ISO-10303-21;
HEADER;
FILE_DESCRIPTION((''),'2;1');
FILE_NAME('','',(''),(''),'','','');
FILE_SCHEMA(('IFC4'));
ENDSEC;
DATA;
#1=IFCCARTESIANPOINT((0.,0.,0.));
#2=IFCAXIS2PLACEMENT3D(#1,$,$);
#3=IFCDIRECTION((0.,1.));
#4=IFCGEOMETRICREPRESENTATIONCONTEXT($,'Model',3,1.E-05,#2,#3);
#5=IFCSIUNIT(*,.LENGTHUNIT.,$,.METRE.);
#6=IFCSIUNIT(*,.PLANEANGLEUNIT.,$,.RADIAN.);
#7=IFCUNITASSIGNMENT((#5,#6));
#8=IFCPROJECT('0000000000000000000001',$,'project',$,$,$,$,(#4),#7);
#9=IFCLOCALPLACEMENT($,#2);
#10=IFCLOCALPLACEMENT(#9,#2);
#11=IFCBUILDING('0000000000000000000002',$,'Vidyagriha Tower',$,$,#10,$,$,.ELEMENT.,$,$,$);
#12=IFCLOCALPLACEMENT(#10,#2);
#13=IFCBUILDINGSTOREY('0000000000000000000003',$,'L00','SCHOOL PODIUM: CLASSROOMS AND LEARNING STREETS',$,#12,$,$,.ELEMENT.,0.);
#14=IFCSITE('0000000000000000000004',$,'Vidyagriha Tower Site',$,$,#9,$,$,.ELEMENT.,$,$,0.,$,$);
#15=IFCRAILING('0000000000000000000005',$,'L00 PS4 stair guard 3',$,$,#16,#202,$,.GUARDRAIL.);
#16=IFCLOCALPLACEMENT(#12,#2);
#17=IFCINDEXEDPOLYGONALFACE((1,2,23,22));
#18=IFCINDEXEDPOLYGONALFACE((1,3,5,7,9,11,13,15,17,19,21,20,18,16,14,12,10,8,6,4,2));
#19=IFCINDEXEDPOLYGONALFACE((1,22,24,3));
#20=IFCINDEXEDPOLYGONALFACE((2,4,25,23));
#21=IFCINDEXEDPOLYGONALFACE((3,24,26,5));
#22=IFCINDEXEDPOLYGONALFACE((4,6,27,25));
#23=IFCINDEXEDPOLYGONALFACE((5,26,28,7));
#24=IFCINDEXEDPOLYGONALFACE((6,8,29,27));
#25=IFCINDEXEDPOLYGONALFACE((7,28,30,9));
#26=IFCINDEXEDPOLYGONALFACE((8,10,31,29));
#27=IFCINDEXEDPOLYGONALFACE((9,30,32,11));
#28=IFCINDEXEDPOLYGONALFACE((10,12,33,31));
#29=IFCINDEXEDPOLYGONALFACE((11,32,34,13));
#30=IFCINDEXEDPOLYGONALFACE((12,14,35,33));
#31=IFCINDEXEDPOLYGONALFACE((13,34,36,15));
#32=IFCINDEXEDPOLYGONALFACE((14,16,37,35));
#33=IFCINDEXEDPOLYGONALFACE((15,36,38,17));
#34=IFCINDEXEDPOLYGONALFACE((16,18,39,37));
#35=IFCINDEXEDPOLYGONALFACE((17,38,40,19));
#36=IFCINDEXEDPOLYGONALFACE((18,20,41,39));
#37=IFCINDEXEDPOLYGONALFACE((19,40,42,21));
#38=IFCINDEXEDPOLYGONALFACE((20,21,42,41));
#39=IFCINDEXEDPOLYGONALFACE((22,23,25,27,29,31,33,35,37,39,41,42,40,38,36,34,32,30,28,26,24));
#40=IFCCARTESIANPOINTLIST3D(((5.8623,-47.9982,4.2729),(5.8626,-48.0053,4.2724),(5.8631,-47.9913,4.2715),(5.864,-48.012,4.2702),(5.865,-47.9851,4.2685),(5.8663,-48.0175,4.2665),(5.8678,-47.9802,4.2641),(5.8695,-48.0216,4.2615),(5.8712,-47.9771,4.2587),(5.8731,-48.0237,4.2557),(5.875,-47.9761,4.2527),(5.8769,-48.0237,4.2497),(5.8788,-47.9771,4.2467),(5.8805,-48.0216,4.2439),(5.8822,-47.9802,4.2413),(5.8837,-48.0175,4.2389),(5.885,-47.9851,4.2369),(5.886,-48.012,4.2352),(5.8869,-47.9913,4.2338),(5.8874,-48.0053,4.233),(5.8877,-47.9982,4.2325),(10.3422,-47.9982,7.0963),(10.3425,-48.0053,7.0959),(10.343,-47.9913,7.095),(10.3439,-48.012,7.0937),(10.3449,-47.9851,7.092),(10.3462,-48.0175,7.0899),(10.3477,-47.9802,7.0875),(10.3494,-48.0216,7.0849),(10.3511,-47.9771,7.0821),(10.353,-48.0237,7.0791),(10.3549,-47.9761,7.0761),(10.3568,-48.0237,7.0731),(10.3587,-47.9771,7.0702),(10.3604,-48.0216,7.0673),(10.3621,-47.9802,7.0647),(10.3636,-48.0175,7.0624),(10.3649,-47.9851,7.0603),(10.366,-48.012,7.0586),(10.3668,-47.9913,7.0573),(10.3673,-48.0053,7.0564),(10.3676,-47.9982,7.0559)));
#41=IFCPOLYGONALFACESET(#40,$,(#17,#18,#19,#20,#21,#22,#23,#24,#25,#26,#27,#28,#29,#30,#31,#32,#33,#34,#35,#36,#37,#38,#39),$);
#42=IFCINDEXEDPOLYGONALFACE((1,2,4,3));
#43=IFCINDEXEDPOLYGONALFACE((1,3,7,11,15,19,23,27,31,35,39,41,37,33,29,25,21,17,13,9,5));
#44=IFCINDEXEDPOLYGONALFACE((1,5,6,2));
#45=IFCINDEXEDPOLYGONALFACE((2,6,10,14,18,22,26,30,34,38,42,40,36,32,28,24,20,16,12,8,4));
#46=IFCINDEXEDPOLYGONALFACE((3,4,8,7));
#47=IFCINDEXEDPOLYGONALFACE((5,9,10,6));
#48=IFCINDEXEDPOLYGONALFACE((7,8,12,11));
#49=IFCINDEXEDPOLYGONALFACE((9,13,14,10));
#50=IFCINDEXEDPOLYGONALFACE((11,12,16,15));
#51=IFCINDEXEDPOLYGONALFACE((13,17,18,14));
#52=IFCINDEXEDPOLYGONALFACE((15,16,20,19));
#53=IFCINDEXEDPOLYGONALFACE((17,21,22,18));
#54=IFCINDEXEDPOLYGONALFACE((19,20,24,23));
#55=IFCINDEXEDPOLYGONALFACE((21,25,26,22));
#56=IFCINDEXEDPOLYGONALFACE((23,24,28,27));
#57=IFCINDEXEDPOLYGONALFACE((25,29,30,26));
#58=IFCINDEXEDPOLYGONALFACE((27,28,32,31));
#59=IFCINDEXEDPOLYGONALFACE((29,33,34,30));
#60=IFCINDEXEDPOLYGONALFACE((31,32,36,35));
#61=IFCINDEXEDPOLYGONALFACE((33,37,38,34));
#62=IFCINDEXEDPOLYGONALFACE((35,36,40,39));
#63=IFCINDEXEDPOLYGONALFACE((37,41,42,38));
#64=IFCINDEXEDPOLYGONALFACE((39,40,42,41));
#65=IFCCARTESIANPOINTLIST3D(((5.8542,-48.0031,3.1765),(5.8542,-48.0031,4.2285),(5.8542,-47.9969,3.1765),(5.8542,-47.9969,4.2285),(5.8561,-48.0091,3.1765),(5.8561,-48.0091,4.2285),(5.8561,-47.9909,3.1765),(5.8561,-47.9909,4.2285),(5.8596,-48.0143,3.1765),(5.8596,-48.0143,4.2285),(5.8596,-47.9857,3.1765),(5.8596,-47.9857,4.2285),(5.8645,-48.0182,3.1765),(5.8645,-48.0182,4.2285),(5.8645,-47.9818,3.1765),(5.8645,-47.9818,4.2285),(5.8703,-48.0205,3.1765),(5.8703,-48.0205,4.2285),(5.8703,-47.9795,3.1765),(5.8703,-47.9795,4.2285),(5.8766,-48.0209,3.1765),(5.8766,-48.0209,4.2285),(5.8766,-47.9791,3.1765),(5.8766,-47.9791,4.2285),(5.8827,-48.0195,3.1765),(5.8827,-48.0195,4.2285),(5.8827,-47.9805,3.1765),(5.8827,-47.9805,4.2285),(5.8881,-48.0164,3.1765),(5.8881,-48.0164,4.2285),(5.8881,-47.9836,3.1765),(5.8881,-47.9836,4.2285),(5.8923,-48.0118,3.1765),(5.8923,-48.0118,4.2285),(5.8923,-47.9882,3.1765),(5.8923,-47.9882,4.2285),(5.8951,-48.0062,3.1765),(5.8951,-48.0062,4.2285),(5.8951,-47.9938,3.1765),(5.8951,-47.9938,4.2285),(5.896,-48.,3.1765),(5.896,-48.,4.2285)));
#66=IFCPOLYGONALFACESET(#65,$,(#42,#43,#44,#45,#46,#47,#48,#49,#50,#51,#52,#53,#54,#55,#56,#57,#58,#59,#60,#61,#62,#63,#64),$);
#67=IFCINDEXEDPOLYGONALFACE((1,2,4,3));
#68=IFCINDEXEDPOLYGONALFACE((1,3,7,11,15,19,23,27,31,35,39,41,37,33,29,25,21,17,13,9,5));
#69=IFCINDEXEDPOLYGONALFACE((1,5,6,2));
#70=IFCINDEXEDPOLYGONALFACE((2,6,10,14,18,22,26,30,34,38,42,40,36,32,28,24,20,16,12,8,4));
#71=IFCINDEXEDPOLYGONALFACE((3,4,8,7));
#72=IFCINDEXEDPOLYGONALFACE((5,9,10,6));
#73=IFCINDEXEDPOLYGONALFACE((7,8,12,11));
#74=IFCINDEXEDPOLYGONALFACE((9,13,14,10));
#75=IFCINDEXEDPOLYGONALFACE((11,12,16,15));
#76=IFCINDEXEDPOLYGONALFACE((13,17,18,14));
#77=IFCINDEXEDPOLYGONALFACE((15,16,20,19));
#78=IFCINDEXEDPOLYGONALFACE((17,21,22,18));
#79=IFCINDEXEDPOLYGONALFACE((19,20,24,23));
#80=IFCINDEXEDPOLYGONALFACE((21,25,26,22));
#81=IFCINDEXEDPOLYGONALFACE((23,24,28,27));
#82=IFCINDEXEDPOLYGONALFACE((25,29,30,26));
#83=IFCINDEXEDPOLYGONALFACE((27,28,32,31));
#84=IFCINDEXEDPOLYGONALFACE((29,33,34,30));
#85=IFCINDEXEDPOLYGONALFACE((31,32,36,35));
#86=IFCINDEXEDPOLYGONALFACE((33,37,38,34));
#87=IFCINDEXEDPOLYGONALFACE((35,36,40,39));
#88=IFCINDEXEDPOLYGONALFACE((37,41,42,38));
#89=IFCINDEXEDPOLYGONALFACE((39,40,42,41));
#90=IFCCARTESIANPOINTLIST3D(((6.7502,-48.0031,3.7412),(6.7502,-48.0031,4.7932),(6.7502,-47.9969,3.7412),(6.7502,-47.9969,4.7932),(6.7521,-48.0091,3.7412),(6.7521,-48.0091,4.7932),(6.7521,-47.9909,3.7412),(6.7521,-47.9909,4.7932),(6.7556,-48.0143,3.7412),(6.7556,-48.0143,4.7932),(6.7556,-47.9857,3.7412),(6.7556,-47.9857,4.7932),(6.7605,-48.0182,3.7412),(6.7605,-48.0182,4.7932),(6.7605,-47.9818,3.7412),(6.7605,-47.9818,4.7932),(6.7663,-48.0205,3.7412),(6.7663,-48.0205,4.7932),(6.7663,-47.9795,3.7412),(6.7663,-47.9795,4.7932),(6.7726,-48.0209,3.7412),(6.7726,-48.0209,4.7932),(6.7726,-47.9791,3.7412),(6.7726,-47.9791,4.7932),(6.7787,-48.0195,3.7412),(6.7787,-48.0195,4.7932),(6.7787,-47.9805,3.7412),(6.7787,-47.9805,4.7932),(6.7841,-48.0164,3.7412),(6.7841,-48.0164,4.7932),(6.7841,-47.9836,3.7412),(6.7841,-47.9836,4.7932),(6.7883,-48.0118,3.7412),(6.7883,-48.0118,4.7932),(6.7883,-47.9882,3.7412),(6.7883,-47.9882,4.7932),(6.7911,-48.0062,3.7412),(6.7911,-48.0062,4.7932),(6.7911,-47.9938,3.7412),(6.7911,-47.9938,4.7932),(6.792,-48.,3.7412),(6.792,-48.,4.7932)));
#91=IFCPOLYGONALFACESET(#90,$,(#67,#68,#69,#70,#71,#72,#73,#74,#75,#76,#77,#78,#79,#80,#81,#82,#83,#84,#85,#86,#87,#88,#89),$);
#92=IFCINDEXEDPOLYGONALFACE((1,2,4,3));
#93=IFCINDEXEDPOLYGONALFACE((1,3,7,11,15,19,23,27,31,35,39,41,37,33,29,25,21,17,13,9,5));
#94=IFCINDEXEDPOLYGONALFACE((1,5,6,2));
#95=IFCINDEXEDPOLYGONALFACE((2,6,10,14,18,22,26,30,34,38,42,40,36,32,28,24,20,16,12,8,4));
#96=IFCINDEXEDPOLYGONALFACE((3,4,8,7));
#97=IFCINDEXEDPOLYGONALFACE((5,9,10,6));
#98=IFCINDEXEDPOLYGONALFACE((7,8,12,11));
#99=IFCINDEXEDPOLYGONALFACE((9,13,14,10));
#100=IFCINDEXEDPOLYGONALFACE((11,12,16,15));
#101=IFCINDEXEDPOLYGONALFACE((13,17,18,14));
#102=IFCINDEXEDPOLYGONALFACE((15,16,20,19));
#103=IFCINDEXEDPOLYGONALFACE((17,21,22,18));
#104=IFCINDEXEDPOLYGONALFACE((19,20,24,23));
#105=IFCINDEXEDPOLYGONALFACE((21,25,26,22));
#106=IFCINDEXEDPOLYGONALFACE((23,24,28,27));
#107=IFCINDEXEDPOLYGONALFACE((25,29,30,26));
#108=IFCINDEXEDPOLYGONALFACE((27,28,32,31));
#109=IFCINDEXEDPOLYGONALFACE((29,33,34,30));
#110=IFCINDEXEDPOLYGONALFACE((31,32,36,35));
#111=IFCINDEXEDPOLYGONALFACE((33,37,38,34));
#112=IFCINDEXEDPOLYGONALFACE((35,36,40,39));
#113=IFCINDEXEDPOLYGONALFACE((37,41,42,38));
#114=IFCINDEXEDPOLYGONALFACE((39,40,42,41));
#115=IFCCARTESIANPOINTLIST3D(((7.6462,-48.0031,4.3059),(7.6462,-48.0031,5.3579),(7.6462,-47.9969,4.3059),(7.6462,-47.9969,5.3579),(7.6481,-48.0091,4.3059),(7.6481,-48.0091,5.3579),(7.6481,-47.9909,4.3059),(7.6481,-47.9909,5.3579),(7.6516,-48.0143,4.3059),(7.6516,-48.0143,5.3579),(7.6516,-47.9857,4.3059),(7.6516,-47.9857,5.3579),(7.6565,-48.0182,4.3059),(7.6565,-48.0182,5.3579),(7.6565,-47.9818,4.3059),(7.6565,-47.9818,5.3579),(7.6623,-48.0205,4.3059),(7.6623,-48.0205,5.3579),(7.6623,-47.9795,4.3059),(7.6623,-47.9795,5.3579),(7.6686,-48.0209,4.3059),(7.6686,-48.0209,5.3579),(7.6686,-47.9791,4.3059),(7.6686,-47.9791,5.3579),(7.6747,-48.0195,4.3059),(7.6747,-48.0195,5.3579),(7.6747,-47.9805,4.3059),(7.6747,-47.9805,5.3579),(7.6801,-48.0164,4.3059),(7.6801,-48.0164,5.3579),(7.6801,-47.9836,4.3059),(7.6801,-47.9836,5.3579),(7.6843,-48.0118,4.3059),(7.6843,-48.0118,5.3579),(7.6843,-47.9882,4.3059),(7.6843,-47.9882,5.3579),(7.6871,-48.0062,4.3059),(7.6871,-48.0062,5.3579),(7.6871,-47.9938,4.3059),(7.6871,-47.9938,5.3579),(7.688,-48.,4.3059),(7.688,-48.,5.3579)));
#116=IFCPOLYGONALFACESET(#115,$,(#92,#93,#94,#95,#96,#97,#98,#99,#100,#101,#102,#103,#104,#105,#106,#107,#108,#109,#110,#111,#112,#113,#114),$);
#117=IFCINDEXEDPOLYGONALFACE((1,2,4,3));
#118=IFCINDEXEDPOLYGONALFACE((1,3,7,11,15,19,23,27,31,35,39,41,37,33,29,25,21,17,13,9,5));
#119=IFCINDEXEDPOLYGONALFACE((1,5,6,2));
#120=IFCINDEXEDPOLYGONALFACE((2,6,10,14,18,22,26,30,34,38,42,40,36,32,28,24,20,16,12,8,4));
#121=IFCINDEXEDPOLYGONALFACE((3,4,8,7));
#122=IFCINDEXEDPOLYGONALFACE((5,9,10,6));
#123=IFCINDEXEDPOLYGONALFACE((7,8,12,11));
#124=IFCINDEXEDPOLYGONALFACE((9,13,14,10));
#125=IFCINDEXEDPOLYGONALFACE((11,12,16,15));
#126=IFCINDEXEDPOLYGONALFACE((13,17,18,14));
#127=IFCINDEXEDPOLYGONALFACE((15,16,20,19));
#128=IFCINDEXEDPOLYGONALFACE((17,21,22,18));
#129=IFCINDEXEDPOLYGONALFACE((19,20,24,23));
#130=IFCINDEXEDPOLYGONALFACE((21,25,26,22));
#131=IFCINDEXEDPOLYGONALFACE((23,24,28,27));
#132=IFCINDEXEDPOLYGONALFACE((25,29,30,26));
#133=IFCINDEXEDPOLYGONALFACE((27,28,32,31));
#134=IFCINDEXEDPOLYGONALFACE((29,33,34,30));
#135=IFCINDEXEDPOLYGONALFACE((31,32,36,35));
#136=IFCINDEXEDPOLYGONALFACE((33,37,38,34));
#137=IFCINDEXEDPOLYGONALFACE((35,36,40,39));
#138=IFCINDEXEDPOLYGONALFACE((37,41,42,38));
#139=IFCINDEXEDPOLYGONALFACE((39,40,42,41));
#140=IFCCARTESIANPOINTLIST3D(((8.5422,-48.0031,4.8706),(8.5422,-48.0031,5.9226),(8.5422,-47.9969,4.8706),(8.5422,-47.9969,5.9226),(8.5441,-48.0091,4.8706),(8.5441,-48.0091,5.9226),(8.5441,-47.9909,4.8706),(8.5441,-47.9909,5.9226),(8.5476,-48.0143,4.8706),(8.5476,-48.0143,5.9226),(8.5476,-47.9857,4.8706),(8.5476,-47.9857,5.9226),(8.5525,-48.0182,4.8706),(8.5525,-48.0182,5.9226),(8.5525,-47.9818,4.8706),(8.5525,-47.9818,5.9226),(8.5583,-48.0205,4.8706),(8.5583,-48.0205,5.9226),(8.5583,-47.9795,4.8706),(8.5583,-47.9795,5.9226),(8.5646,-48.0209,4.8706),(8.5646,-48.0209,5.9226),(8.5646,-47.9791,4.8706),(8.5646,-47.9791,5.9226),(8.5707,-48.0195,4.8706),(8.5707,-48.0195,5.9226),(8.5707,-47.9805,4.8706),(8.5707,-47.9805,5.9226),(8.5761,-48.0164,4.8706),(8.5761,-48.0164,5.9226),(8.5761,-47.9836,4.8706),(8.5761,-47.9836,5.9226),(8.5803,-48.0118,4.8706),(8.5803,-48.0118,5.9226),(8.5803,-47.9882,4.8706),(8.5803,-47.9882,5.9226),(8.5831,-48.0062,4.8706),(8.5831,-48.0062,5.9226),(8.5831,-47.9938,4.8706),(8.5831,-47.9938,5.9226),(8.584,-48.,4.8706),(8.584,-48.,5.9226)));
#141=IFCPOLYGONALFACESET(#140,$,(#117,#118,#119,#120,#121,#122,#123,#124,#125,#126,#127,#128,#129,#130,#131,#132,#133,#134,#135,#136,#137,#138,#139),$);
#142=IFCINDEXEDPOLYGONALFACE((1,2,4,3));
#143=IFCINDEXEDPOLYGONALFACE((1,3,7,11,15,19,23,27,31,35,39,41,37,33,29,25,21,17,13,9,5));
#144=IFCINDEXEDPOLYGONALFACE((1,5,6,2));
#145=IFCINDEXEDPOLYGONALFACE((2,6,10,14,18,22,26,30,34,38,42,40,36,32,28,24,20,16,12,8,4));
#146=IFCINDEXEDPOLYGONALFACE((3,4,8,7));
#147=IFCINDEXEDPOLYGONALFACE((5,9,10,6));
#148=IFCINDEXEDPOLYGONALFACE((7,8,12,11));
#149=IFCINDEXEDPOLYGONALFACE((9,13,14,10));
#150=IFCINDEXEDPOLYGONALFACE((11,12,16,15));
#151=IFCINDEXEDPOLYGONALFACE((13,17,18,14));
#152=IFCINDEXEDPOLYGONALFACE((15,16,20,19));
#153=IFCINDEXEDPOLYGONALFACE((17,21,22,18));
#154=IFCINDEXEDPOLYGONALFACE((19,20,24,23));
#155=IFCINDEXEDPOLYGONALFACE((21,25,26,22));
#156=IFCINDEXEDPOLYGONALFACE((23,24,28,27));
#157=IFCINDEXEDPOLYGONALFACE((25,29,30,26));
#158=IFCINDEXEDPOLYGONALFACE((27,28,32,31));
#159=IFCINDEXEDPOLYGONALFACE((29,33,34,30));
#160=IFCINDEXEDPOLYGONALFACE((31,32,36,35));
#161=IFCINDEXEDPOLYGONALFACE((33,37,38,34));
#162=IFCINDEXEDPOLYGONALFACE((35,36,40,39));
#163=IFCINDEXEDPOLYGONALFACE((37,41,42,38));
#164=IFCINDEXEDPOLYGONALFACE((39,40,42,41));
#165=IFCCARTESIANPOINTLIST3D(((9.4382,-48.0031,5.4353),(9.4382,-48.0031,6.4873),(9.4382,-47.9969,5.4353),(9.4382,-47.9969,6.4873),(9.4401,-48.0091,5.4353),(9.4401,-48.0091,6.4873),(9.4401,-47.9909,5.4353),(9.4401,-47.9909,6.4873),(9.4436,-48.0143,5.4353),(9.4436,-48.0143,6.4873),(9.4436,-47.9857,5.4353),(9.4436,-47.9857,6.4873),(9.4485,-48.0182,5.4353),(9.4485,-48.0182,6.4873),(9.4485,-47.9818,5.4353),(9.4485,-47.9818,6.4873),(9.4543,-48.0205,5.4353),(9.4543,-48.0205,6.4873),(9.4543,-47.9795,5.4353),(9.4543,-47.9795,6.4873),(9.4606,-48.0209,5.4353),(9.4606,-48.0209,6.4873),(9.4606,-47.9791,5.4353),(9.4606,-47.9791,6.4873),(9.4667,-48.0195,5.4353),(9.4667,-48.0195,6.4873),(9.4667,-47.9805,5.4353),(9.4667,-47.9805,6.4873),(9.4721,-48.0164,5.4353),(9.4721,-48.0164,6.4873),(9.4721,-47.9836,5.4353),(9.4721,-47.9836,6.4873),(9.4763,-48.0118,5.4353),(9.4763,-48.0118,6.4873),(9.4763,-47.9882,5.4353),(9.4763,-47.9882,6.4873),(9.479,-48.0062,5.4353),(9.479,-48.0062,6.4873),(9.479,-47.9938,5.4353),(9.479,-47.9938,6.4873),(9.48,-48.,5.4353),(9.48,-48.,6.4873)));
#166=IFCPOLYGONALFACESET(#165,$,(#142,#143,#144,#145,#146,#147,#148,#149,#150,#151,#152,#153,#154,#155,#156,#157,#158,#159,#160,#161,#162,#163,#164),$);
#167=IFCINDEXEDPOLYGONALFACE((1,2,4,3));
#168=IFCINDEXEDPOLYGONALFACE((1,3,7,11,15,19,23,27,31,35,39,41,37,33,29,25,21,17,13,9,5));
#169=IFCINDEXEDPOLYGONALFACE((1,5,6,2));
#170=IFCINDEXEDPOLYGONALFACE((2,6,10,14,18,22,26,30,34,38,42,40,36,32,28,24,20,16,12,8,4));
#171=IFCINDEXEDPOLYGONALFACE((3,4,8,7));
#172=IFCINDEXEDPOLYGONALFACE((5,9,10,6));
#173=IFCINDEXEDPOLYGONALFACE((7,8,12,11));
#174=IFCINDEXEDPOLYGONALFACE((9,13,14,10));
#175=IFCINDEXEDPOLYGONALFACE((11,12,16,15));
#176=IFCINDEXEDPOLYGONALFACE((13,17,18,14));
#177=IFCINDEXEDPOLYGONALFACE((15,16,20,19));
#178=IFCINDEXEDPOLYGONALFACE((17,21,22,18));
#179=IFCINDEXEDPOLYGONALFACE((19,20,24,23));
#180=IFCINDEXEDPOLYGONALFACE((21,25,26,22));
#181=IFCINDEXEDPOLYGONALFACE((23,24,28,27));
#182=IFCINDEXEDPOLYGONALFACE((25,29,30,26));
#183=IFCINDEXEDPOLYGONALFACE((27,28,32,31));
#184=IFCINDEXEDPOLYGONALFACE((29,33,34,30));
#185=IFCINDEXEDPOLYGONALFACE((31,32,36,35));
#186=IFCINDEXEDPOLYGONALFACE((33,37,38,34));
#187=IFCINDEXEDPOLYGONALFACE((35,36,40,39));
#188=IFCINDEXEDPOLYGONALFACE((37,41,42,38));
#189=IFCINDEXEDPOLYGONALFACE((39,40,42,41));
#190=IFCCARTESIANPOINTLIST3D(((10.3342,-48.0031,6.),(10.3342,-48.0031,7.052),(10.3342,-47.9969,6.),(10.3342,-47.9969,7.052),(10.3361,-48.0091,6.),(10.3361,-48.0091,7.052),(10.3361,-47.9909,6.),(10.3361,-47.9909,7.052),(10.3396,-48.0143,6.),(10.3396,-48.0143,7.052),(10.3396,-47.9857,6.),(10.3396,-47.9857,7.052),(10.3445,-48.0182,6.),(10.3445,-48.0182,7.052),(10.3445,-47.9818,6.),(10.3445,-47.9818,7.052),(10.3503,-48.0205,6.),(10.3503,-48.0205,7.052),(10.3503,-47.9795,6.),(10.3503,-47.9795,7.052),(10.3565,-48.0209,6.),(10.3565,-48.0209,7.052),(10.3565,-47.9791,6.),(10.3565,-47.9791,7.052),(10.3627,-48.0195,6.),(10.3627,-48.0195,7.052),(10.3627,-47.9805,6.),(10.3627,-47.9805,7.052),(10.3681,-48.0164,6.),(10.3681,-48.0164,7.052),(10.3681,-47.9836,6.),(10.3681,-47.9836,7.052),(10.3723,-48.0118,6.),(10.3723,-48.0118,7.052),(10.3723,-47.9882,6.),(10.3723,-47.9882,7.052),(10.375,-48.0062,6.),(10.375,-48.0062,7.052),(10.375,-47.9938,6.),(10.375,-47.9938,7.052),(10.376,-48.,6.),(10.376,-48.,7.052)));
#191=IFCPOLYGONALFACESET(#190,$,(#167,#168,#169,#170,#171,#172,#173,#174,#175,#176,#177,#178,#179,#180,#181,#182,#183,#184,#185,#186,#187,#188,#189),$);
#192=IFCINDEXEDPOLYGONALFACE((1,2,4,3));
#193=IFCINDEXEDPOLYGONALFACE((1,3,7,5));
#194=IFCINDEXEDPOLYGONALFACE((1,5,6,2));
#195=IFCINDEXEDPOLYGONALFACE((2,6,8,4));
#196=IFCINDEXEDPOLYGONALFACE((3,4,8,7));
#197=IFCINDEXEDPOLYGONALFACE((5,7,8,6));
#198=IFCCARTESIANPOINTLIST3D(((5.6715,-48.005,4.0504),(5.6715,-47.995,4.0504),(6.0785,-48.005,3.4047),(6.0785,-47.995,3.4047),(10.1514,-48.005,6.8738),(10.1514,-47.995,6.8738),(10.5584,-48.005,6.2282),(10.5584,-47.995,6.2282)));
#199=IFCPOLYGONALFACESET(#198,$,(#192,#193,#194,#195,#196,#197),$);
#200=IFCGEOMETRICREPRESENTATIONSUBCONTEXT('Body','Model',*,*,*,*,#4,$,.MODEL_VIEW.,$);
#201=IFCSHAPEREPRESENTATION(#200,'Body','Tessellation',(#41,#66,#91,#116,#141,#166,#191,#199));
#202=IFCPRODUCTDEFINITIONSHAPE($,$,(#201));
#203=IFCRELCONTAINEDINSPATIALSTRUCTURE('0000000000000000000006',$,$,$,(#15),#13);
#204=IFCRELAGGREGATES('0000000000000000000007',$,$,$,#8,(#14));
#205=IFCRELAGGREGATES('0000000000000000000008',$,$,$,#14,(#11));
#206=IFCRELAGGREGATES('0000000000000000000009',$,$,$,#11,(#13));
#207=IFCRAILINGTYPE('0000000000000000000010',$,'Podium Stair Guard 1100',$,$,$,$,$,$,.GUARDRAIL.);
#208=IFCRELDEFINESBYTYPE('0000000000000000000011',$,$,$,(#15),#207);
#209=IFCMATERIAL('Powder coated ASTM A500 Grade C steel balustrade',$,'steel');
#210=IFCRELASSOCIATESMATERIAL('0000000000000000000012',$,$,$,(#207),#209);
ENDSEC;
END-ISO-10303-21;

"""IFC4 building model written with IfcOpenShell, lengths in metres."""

from ifc_helpers import new_model, si_unit, direction, frame, origin, origin_2d, place, context, subcontext, project, spatial, rectangle, circle, extrude, material, type_object, element, save


model = new_model("IFC4")

# Units and contexts
model_context = context("Model", 3, precision=1e-05, world=origin(), true_north=direction((0.0, 1.0)))
body_context = subcontext(model_context, "Body", "Model", "MODEL_VIEW")
ifc_project = project(units=[si_unit("LENGTHUNIT", "METRE"), si_unit("PLANEANGLEUNIT", "RADIAN")], contexts=[model_context])

# Site, building, storey
site_placement = place(None, origin())
site = spatial("IfcSite", under=ifc_project, at=site_placement, Name="Vidyagriha Tower Site", CompositionType="ELEMENT", RefElevation=0.0)
building_placement = place(site_placement, origin())
building = spatial("IfcBuilding", under=site, at=building_placement, Name="Vidyagriha Tower", CompositionType="ELEMENT")
storey_placement = place(building_placement, origin())
storey = spatial("IfcBuildingStorey", under=building, at=storey_placement, Name="L00", Description="SCHOOL PODIUM: CLASSROOMS AND LEARNING STREETS", CompositionType="ELEMENT", Elevation=0.0)

# Railing
ifc_material_1 = material(Name="Powder coated ASTM A500 Grade C steel balustrade", Category="steel")
railing_type_1 = type_object("IfcRailingType", Name="Podium Stair Guard 1100", PredefinedType="GUARDRAIL", material=ifc_material_1)
railing_1_placement = place(storey_placement, frame((5.875, -48.0, 3.1765)))
element("IfcRailing", 1, at=railing_1_placement, inside=storey, type_object=railing_type_1, Name="L00 PS4 stair guard 3", PredefinedType="GUARDRAIL", context=body_context, shape_type="SweptSolid", body=[
    extrude(circle(Radius=0.0239, at=origin_2d()), frame((0.0, 0.0, 1.0762), z_axis=(0.845998, 0.0, 0.533186), x_axis=(0.0, 1.0, 0.0)), (0.0, 0.0, 1.0), 5.2954),
    extrude(circle(Radius=0.021, at=origin_2d()), origin(), (0.0, 0.0, 1.0), 1.052),
    extrude(circle(Radius=0.021, at=origin_2d()), frame((0.896, 0.0, 0.5647)), (0.0, 0.0, 1.0), 1.052),
    extrude(circle(Radius=0.021, at=origin_2d()), frame((1.792, 0.0, 1.1294)), (0.0, 0.0, 1.0), 1.052),
    extrude(circle(Radius=0.021, at=origin_2d()), frame((2.688, 0.0, 1.6941)), (0.0, 0.0, 1.0), 1.052),
    extrude(circle(Radius=0.021, at=origin_2d()), frame((3.584, 0.0, 2.2588)), (0.0, 0.0, 1.0), 1.052),
    extrude(circle(Radius=0.021, at=origin_2d()), frame((4.48, 0.0, 2.8235)), (0.0, 0.0, 1.0), 1.052),
    extrude(rectangle(XDim=0.01, YDim=0.7632, at=origin_2d()), frame((0.0, 0.0, 0.551), z_axis=(0.845998, 0.0, 0.533186), x_axis=(0.0, 1.0, 0.0)), (0.0, 0.0, 1.0), 5.2954),
])

save(model, "model.ifc")
